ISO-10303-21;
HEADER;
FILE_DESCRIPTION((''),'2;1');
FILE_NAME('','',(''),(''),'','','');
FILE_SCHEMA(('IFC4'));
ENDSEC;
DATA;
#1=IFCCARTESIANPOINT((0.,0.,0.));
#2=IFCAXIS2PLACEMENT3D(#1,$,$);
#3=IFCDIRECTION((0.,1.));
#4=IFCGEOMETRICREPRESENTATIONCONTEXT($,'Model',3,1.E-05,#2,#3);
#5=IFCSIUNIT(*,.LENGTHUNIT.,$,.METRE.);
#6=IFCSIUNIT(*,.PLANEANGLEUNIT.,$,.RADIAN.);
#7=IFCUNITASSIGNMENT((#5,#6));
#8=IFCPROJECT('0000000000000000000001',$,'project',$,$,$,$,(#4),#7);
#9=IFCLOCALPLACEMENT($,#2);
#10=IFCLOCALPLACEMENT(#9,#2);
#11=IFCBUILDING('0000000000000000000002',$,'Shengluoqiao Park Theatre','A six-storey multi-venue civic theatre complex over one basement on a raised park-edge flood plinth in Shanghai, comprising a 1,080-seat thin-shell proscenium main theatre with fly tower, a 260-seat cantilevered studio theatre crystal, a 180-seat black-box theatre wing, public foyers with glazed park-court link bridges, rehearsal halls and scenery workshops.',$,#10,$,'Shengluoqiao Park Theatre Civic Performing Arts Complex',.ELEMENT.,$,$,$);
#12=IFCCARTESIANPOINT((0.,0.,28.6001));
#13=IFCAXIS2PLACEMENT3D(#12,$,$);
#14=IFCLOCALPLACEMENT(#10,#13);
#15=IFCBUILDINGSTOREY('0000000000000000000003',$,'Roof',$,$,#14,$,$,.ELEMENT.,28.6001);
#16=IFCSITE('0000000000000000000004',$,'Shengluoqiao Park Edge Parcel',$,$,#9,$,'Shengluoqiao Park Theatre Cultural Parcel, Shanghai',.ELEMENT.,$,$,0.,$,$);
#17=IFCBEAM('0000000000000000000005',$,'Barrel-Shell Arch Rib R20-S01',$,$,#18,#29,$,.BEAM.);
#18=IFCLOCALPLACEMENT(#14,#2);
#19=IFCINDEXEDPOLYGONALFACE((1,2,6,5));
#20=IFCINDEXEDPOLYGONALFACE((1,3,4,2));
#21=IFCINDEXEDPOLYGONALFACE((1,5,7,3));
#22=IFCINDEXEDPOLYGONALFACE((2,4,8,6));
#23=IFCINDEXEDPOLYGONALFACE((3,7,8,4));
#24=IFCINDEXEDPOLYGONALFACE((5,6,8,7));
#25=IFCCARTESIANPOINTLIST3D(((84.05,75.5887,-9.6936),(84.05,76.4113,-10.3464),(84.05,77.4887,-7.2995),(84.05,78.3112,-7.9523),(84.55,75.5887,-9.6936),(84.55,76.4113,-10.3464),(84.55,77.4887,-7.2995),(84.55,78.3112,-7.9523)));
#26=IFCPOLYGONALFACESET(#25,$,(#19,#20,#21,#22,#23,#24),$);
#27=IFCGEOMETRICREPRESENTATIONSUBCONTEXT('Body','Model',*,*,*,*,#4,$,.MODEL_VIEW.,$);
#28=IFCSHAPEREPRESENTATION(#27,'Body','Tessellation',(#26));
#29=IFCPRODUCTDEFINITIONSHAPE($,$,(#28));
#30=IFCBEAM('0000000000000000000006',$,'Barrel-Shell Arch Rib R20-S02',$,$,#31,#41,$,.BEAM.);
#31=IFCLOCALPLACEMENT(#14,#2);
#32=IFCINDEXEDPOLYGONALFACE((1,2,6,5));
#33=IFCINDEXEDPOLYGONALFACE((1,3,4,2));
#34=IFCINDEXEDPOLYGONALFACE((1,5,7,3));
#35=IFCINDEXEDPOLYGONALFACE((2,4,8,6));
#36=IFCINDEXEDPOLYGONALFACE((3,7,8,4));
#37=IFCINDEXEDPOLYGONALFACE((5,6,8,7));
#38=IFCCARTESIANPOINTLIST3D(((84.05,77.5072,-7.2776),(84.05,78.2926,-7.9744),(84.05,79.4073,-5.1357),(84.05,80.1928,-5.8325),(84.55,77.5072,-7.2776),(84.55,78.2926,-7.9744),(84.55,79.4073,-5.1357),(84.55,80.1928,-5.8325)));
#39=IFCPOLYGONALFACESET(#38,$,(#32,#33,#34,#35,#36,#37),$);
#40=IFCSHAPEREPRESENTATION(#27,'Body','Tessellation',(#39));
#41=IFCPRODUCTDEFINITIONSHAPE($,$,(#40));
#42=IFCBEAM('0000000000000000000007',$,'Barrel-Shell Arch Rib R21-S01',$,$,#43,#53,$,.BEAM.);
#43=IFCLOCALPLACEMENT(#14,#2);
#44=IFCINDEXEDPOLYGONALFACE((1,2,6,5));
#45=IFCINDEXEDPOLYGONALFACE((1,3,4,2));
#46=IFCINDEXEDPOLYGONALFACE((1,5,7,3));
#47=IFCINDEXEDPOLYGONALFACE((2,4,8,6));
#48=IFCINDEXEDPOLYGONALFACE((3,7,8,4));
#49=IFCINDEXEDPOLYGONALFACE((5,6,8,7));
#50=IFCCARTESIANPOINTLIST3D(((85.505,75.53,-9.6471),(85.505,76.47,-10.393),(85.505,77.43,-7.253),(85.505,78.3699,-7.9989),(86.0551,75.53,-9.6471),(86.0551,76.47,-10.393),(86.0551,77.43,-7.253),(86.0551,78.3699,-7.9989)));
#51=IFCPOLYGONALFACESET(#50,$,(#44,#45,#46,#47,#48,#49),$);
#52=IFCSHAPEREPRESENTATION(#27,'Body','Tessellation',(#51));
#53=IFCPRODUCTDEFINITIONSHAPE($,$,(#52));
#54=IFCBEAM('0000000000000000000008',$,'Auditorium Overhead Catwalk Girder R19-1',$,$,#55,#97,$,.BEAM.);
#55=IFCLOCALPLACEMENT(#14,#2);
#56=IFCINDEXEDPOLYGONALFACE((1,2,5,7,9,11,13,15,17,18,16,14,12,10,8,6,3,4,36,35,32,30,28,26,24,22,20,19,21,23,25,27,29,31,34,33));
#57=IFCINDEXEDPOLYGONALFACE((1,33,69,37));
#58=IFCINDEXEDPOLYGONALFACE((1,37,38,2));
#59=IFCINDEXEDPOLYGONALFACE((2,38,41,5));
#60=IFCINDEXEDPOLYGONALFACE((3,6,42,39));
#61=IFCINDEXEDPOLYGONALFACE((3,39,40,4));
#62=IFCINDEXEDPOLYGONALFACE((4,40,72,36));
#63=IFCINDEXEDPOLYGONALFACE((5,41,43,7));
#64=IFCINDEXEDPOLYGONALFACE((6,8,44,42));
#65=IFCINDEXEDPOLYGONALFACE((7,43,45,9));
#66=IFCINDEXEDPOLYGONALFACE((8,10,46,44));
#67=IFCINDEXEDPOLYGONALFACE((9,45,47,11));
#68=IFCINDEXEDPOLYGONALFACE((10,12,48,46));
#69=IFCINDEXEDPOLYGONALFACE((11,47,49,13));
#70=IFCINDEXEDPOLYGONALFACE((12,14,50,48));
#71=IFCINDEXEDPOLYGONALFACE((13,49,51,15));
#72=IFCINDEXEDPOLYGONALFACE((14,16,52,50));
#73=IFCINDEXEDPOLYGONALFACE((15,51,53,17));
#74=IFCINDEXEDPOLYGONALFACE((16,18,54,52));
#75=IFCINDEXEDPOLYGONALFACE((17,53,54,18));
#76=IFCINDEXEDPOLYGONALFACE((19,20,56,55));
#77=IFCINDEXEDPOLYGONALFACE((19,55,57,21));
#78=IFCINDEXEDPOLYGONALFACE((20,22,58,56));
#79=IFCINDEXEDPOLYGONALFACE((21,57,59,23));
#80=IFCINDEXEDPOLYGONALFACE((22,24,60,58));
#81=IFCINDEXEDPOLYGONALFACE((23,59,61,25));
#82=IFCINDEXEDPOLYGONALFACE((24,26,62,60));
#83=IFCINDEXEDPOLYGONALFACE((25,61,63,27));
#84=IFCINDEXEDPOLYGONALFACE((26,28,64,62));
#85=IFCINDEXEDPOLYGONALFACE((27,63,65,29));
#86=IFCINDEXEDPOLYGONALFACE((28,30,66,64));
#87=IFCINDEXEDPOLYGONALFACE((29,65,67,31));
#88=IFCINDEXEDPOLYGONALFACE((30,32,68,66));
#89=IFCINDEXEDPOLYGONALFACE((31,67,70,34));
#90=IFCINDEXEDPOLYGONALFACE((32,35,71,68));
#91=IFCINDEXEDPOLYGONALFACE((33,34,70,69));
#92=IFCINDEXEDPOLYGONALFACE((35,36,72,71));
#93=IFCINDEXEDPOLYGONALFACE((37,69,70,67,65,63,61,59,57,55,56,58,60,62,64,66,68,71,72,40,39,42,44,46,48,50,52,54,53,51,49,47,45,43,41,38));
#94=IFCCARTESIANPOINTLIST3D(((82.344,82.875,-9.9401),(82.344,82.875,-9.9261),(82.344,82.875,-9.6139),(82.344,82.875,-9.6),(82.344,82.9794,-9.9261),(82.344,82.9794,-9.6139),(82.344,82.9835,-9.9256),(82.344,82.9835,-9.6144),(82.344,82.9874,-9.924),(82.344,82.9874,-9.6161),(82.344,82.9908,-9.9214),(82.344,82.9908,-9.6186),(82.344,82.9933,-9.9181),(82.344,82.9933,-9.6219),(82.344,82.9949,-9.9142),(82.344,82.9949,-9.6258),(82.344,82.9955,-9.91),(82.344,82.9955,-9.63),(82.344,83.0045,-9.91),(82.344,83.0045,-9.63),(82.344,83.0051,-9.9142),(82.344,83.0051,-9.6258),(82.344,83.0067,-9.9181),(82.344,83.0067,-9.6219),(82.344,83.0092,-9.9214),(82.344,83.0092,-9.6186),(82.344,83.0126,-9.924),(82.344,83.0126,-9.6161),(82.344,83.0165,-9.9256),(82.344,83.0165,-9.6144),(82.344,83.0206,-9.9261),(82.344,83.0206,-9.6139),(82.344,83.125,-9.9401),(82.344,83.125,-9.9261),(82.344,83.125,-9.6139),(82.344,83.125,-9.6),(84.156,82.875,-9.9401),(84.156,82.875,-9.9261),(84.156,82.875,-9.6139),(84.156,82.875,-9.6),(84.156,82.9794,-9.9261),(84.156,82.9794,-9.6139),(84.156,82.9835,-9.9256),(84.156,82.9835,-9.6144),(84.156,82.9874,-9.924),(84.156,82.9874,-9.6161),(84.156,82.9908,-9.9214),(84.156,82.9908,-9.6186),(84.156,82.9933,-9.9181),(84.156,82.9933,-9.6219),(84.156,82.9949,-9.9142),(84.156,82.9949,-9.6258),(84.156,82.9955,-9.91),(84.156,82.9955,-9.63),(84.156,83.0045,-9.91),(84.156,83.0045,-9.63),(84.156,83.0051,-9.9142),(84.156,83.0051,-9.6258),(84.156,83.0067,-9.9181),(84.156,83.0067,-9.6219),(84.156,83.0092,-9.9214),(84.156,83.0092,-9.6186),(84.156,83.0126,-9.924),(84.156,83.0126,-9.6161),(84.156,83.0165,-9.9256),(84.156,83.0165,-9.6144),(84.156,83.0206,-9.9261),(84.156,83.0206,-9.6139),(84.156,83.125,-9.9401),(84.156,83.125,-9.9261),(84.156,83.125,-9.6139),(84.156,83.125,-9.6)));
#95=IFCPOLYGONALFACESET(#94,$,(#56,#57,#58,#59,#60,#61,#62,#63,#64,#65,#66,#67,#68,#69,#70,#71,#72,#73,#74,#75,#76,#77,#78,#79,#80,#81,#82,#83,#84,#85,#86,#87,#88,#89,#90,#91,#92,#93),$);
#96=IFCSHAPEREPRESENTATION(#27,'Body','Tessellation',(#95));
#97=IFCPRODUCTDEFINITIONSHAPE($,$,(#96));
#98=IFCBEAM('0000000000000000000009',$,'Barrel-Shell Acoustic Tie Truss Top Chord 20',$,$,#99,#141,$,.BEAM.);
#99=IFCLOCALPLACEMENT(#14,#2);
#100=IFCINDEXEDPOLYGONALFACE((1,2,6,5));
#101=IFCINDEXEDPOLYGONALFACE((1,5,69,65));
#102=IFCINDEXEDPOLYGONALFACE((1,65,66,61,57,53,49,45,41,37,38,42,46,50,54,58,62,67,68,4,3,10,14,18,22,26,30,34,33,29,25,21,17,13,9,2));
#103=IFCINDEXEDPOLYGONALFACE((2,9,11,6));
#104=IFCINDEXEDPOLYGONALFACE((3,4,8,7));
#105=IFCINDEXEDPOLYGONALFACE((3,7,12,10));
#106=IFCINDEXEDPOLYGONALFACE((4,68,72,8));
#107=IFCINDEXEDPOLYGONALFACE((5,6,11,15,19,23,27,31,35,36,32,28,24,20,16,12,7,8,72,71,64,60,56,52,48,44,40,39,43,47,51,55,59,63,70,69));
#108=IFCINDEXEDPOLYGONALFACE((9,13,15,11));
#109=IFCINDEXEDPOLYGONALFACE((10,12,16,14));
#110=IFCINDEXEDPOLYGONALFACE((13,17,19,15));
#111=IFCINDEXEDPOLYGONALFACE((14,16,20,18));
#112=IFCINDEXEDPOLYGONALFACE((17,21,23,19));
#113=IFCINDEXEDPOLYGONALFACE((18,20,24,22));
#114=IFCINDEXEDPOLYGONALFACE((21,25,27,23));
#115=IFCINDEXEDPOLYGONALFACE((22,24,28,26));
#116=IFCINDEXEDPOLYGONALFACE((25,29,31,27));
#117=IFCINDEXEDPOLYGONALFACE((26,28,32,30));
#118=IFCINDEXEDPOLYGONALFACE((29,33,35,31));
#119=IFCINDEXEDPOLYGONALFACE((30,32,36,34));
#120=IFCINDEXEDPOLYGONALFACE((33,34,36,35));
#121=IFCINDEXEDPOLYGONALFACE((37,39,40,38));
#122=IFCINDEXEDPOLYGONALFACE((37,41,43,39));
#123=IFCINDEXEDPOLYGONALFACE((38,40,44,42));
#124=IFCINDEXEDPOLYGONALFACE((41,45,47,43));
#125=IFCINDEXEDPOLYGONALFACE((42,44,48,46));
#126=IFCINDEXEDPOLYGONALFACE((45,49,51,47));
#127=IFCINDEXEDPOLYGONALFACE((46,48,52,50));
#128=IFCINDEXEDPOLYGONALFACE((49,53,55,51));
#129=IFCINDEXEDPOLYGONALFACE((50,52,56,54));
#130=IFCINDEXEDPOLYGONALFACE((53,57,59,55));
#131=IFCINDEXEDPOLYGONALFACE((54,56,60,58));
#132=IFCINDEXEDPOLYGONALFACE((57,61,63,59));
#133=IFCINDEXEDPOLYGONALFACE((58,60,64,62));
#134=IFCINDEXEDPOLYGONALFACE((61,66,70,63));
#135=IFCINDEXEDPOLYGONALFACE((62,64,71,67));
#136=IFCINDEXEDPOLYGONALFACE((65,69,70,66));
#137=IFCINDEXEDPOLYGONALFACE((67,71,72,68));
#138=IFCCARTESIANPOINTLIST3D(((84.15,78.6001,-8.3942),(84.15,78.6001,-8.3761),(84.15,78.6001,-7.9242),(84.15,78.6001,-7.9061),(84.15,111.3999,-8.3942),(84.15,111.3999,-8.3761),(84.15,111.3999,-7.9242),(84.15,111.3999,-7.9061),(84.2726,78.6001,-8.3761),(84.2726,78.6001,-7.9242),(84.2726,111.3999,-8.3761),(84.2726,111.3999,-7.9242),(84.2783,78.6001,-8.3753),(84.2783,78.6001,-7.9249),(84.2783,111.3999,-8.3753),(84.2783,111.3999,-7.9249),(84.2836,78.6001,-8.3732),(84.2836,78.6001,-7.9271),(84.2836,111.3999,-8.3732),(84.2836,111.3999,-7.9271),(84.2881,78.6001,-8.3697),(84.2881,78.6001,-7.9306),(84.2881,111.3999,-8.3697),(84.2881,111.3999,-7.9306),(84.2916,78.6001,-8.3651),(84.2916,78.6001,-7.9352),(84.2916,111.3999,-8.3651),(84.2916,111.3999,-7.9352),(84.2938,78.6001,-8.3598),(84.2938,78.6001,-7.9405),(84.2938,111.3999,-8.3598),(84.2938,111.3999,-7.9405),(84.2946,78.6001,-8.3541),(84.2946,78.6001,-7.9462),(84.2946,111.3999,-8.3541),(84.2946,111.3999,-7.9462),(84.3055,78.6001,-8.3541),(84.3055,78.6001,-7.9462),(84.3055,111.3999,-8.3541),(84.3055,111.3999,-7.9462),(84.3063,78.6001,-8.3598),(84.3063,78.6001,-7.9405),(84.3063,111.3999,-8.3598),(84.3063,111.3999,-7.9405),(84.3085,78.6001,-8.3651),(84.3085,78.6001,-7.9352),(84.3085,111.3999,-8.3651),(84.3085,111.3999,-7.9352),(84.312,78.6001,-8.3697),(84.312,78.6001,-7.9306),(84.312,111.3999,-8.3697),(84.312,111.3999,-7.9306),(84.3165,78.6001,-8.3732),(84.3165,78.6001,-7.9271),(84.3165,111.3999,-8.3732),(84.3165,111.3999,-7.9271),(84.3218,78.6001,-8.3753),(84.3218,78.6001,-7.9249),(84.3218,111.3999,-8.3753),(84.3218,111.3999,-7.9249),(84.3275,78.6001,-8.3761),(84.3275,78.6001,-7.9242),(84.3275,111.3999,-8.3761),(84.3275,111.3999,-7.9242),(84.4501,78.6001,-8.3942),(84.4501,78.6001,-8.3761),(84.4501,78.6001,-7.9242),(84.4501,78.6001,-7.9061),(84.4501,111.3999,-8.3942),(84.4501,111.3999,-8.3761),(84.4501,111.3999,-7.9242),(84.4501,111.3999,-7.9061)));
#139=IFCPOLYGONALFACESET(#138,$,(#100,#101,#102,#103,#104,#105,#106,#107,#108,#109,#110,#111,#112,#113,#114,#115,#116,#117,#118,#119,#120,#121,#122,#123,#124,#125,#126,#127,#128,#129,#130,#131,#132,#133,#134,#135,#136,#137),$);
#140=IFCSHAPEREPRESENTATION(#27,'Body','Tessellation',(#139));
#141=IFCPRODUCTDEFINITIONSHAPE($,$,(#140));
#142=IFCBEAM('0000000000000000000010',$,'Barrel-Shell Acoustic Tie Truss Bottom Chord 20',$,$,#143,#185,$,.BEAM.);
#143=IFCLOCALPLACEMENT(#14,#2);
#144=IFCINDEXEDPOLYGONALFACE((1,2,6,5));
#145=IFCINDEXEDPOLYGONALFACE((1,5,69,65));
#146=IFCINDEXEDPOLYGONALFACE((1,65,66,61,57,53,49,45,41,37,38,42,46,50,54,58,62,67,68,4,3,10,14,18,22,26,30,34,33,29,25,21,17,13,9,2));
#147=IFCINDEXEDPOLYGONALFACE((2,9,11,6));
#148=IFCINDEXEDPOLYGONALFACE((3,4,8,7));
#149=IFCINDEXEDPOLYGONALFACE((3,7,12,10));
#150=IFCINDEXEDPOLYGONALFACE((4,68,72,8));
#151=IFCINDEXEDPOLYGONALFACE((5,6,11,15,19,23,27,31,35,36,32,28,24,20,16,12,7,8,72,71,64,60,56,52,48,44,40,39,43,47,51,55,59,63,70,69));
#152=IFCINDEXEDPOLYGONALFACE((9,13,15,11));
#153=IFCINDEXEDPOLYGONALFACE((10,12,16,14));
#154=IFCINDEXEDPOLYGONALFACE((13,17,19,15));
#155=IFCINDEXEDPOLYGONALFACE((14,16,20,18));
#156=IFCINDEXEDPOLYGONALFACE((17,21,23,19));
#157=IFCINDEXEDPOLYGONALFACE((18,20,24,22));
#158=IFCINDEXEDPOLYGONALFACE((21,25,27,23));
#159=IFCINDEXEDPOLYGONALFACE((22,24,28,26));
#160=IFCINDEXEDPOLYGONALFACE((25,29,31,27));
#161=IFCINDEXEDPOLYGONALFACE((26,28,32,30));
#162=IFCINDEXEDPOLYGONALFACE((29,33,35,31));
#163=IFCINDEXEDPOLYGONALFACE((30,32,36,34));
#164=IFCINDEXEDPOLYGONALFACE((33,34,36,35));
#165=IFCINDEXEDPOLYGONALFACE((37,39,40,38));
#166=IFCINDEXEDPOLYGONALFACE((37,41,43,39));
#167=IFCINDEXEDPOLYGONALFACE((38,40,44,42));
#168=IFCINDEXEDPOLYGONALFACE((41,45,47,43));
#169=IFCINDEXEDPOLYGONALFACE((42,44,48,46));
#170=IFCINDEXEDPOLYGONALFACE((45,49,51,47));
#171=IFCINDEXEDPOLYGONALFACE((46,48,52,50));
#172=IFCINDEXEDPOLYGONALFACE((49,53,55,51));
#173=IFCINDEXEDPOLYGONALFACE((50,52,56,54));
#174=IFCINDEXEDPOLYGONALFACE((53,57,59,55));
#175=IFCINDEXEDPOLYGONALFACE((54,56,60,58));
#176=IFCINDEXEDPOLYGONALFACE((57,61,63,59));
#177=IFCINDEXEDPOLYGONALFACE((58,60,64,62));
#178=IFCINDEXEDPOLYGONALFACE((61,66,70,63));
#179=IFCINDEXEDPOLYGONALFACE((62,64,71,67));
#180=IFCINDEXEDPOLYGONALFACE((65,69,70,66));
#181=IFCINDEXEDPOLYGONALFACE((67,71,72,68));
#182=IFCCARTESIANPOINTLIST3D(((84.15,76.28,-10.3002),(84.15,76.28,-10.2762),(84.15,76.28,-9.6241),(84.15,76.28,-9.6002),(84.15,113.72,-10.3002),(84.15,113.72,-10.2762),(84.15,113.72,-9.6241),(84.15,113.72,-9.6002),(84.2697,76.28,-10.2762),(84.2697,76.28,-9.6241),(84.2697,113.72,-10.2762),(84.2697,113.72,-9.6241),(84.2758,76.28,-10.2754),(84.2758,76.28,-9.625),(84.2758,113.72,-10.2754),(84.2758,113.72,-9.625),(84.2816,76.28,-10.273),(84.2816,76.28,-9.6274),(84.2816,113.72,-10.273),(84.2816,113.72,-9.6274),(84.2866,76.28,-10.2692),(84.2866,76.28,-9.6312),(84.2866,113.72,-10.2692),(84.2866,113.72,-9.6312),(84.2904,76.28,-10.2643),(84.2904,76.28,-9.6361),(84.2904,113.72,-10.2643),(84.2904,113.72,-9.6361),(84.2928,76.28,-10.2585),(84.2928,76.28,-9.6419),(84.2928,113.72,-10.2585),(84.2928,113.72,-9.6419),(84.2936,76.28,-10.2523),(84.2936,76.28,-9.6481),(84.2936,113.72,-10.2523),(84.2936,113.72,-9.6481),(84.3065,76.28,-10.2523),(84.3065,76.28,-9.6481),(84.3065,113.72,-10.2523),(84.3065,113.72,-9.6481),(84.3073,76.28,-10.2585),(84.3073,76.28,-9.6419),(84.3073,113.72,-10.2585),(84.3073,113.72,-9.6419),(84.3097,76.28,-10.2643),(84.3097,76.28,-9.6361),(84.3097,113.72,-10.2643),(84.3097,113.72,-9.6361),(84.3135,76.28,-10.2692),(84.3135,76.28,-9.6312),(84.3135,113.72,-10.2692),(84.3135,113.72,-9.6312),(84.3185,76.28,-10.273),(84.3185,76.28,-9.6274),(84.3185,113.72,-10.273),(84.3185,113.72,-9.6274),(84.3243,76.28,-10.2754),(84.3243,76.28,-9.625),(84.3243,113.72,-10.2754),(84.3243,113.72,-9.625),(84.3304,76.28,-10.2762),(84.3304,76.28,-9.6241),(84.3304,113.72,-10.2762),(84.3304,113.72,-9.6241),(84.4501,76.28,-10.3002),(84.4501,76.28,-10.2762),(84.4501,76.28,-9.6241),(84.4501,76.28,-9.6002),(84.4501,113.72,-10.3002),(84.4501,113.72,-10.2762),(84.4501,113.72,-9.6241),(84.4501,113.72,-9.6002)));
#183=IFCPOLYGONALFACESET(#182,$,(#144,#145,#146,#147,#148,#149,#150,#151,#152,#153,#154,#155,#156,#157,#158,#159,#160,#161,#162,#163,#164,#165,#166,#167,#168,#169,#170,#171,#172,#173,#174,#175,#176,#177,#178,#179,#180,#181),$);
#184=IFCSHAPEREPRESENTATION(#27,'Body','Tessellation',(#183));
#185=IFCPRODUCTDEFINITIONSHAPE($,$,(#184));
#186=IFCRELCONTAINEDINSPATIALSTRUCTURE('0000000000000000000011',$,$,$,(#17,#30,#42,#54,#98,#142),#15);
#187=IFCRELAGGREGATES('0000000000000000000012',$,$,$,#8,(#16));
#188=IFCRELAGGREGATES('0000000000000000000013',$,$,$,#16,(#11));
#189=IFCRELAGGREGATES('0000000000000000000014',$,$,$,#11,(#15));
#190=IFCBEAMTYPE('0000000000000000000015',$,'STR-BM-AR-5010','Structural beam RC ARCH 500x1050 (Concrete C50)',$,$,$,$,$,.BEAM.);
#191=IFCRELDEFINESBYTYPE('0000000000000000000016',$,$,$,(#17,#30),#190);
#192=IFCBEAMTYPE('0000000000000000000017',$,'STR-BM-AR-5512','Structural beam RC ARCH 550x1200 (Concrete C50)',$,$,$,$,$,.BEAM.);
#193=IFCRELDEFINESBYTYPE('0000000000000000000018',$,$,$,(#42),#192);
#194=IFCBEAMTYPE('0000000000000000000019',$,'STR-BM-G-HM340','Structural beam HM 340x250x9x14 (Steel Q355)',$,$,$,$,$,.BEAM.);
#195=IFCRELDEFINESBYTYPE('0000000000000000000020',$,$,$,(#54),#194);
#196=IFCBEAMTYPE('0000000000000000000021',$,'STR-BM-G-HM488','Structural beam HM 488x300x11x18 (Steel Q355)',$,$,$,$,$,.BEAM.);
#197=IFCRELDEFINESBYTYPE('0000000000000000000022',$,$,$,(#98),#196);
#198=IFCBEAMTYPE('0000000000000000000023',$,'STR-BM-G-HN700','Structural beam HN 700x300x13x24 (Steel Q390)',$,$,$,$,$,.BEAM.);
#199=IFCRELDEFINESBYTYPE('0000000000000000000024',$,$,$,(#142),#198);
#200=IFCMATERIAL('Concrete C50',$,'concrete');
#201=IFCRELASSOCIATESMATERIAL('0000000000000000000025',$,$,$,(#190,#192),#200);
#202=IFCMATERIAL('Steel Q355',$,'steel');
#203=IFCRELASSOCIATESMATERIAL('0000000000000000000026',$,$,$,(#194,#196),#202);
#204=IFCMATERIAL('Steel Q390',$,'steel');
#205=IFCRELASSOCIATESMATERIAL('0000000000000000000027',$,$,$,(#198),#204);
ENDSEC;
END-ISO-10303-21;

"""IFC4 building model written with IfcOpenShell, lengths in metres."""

from ifc_helpers import new_model, si_unit, direction, frame, origin, origin_2d, place, context, subcontext, project, spatial, rectangle, i_section, extrude, material, material_profile, profile_set, type_object, element, save


model = new_model("IFC4")

# Units and contexts
model_context = context("Model", 3, precision=1e-05, world=origin(), true_north=direction((0.0, 1.0)))
body_context = subcontext(model_context, "Body", "Model", "MODEL_VIEW")
ifc_project = project(units=[si_unit("LENGTHUNIT", "METRE"), si_unit("PLANEANGLEUNIT", "RADIAN")], contexts=[model_context])

# Site, building, storey
site_placement = place(None, origin())
site = spatial("IfcSite", under=ifc_project, at=site_placement, Name="Shengluoqiao Park Edge Parcel", LongName="Shengluoqiao Park Theatre Cultural Parcel, Shanghai", CompositionType="ELEMENT", RefElevation=0.0)
building_placement = place(site_placement, origin())
building = spatial("IfcBuilding", under=site, at=building_placement, Name="Shengluoqiao Park Theatre", Description="A six-storey multi-venue civic theatre complex over one basement on a raised park-edge flood plinth in Shanghai, comprising a 1,080-seat thin-shell proscenium main theatre with fly tower, a 260-seat cantilevered studio theatre crystal, a 180-seat black-box theatre wing, public foyers with glazed park-court link bridges, rehearsal halls and scenery workshops.", LongName="Shengluoqiao Park Theatre Civic Performing Arts Complex", CompositionType="ELEMENT")
storey_placement = place(building_placement, frame((0.0, 0.0, 28.6001)))
storey = spatial("IfcBuildingStorey", under=building, at=storey_placement, Name="Roof", CompositionType="ELEMENT", Elevation=28.6001)

# Beams
ifc_material_1 = material(Name="Concrete C50", Category="concrete")
ifc_material_profile_1 = material_profile(ifc_material_1, rectangle(XDim=0.5, YDim=1.05, at=origin_2d()), Name="RC ARCH 500x1050")
ifc_profile_set_1 = profile_set([ifc_material_profile_1], Name="Concrete C50")
beam_type_1 = type_object("IfcBeamType", Name="STR-BM-AR-5010", Description="Structural beam RC ARCH 500x1050 (Concrete C50)", PredefinedType="BEAM", material=ifc_profile_set_1)
beam_1_placement = place(storey_placement, frame((84.3, 76.0, -10.02), z_axis=(0.0, 0.621631, 0.78331), x_axis=(-1.0, 0.0, 0.0)))
element("IfcBeam", 1, at=beam_1_placement, inside=storey, type_object=beam_type_1, Name="Barrel-Shell Arch Rib R20-S01", PredefinedType="BEAM", context=body_context, shape_type="SweptSolid", body=[
    extrude(rectangle(XDim=0.5, YDim=1.05, at=origin_2d()), origin(), (0.0, 0.0, 1.0), 3.0564),
])
beam_2_placement = place(storey_placement, frame((84.3, 77.8999, -7.626), z_axis=(0.0, 0.663638, 0.748053), x_axis=(-1.0, 0.0, 0.0)))
element("IfcBeam", 2, at=beam_2_placement, inside=storey, type_object=beam_type_1, Name="Barrel-Shell Arch Rib R20-S02", PredefinedType="BEAM", context=body_context, shape_type="SweptSolid", body=[
    extrude(rectangle(XDim=0.5, YDim=1.05, at=origin_2d()), origin(), (0.0, 0.0, 1.0), 2.8633),
])
ifc_material_profile_2 = material_profile(ifc_material_1, rectangle(XDim=0.55, YDim=1.2, at=origin_2d()), Name="RC ARCH 550x1200")
ifc_profile_set_2 = profile_set([ifc_material_profile_2], Name="Concrete C50")
beam_type_2 = type_object("IfcBeamType", Name="STR-BM-AR-5512", Description="Structural beam RC ARCH 550x1200 (Concrete C50)", PredefinedType="BEAM", material=ifc_profile_set_2)
beam_3_placement = place(storey_placement, frame((85.78, 76.0, -10.02), z_axis=(0.0, 0.621631, 0.78331), x_axis=(-1.0, 0.0, 0.0)))
element("IfcBeam", 3, at=beam_3_placement, inside=storey, type_object=beam_type_2, Name="Barrel-Shell Arch Rib R21-S01", PredefinedType="BEAM", context=body_context, shape_type="SweptSolid", body=[
    extrude(rectangle(XDim=0.55, YDim=1.2, at=origin_2d()), origin(), (0.0, 0.0, 1.0), 3.0564),
])
ifc_material_2 = material(Name="Steel Q355", Category="steel")
ifc_material_profile_3 = material_profile(ifc_material_2, i_section(OverallWidth=0.25, OverallDepth=0.3401, WebThickness=0.009, FlangeThickness=0.0139, FilletRadius=0.0161, at=origin_2d()), Name="HM 340x250x9x14")
ifc_profile_set_3 = profile_set([ifc_material_profile_3], Name="Steel Q355")
beam_type_3 = type_object("IfcBeamType", Name="STR-BM-G-HM340", Description="Structural beam HM 340x250x9x14 (Steel Q355)", PredefinedType="BEAM", material=ifc_profile_set_3)
beam_4_placement = place(storey_placement, frame((82.344, 83.0, -9.77), z_axis=(1.0, 0.0, 0.0), x_axis=(0.0, 1.0, 0.0)))
element("IfcBeam", 4, at=beam_4_placement, inside=storey, type_object=beam_type_3, Name="Auditorium Overhead Catwalk Girder R19-1", PredefinedType="BEAM", context=body_context, shape_type="SweptSolid", body=[
    extrude(i_section(OverallWidth=0.25, OverallDepth=0.3401, WebThickness=0.009, FlangeThickness=0.0139, FilletRadius=0.0161, at=origin_2d()), origin(), (0.0, 0.0, 1.0), 1.812),
])
ifc_material_profile_4 = material_profile(ifc_material_2, i_section(OverallWidth=0.3, OverallDepth=0.488, WebThickness=0.011, FlangeThickness=0.0181, FilletRadius=0.022, at=origin_2d()), Name="HM 488x300x11x18")
ifc_profile_set_4 = profile_set([ifc_material_profile_4], Name="Steel Q355")
beam_type_4 = type_object("IfcBeamType", Name="STR-BM-G-HM488", Description="Structural beam HM 488x300x11x18 (Steel Q355)", PredefinedType="BEAM", material=ifc_profile_set_4)
beam_5_placement = place(storey_placement, frame((84.3, 78.6001, -8.1501), z_axis=(0.0, 1.0, 0.0), x_axis=(-1.0, 0.0, 0.0)))
element("IfcBeam", 5, at=beam_5_placement, inside=storey, type_object=beam_type_4, Name="Barrel-Shell Acoustic Tie Truss Top Chord 20", PredefinedType="BEAM", context=body_context, shape_type="SweptSolid", body=[
    extrude(i_section(OverallWidth=0.3, OverallDepth=0.488, WebThickness=0.011, FlangeThickness=0.0181, FilletRadius=0.022, at=origin_2d()), origin(), (0.0, 0.0, 1.0), 32.7998),
])
ifc_material_3 = material(Name="Steel Q390", Category="steel")
ifc_material_profile_5 = material_profile(ifc_material_3, i_section(OverallWidth=0.3, OverallDepth=0.7, WebThickness=0.0129, FlangeThickness=0.0239, FilletRadius=0.0239, at=origin_2d()), Name="HN 700x300x13x24")
ifc_profile_set_5 = profile_set([ifc_material_profile_5], Name="Steel Q390")
beam_type_5 = type_object("IfcBeamType", Name="STR-BM-G-HN700", Description="Structural beam HN 700x300x13x24 (Steel Q390)", PredefinedType="BEAM", material=ifc_profile_set_5)
beam_6_placement = place(storey_placement, frame((84.3, 76.28, -9.9502), z_axis=(0.0, 1.0, 0.0), x_axis=(-1.0, 0.0, 0.0)))
element("IfcBeam", 6, at=beam_6_placement, inside=storey, type_object=beam_type_5, Name="Barrel-Shell Acoustic Tie Truss Bottom Chord 20", PredefinedType="BEAM", context=body_context, shape_type="SweptSolid", body=[
    extrude(i_section(OverallWidth=0.3, OverallDepth=0.7, WebThickness=0.0129, FlangeThickness=0.0239, FilletRadius=0.0239, at=origin_2d()), origin(), (0.0, 0.0, 1.0), 37.4399),
])

save(model, "model.ifc")
